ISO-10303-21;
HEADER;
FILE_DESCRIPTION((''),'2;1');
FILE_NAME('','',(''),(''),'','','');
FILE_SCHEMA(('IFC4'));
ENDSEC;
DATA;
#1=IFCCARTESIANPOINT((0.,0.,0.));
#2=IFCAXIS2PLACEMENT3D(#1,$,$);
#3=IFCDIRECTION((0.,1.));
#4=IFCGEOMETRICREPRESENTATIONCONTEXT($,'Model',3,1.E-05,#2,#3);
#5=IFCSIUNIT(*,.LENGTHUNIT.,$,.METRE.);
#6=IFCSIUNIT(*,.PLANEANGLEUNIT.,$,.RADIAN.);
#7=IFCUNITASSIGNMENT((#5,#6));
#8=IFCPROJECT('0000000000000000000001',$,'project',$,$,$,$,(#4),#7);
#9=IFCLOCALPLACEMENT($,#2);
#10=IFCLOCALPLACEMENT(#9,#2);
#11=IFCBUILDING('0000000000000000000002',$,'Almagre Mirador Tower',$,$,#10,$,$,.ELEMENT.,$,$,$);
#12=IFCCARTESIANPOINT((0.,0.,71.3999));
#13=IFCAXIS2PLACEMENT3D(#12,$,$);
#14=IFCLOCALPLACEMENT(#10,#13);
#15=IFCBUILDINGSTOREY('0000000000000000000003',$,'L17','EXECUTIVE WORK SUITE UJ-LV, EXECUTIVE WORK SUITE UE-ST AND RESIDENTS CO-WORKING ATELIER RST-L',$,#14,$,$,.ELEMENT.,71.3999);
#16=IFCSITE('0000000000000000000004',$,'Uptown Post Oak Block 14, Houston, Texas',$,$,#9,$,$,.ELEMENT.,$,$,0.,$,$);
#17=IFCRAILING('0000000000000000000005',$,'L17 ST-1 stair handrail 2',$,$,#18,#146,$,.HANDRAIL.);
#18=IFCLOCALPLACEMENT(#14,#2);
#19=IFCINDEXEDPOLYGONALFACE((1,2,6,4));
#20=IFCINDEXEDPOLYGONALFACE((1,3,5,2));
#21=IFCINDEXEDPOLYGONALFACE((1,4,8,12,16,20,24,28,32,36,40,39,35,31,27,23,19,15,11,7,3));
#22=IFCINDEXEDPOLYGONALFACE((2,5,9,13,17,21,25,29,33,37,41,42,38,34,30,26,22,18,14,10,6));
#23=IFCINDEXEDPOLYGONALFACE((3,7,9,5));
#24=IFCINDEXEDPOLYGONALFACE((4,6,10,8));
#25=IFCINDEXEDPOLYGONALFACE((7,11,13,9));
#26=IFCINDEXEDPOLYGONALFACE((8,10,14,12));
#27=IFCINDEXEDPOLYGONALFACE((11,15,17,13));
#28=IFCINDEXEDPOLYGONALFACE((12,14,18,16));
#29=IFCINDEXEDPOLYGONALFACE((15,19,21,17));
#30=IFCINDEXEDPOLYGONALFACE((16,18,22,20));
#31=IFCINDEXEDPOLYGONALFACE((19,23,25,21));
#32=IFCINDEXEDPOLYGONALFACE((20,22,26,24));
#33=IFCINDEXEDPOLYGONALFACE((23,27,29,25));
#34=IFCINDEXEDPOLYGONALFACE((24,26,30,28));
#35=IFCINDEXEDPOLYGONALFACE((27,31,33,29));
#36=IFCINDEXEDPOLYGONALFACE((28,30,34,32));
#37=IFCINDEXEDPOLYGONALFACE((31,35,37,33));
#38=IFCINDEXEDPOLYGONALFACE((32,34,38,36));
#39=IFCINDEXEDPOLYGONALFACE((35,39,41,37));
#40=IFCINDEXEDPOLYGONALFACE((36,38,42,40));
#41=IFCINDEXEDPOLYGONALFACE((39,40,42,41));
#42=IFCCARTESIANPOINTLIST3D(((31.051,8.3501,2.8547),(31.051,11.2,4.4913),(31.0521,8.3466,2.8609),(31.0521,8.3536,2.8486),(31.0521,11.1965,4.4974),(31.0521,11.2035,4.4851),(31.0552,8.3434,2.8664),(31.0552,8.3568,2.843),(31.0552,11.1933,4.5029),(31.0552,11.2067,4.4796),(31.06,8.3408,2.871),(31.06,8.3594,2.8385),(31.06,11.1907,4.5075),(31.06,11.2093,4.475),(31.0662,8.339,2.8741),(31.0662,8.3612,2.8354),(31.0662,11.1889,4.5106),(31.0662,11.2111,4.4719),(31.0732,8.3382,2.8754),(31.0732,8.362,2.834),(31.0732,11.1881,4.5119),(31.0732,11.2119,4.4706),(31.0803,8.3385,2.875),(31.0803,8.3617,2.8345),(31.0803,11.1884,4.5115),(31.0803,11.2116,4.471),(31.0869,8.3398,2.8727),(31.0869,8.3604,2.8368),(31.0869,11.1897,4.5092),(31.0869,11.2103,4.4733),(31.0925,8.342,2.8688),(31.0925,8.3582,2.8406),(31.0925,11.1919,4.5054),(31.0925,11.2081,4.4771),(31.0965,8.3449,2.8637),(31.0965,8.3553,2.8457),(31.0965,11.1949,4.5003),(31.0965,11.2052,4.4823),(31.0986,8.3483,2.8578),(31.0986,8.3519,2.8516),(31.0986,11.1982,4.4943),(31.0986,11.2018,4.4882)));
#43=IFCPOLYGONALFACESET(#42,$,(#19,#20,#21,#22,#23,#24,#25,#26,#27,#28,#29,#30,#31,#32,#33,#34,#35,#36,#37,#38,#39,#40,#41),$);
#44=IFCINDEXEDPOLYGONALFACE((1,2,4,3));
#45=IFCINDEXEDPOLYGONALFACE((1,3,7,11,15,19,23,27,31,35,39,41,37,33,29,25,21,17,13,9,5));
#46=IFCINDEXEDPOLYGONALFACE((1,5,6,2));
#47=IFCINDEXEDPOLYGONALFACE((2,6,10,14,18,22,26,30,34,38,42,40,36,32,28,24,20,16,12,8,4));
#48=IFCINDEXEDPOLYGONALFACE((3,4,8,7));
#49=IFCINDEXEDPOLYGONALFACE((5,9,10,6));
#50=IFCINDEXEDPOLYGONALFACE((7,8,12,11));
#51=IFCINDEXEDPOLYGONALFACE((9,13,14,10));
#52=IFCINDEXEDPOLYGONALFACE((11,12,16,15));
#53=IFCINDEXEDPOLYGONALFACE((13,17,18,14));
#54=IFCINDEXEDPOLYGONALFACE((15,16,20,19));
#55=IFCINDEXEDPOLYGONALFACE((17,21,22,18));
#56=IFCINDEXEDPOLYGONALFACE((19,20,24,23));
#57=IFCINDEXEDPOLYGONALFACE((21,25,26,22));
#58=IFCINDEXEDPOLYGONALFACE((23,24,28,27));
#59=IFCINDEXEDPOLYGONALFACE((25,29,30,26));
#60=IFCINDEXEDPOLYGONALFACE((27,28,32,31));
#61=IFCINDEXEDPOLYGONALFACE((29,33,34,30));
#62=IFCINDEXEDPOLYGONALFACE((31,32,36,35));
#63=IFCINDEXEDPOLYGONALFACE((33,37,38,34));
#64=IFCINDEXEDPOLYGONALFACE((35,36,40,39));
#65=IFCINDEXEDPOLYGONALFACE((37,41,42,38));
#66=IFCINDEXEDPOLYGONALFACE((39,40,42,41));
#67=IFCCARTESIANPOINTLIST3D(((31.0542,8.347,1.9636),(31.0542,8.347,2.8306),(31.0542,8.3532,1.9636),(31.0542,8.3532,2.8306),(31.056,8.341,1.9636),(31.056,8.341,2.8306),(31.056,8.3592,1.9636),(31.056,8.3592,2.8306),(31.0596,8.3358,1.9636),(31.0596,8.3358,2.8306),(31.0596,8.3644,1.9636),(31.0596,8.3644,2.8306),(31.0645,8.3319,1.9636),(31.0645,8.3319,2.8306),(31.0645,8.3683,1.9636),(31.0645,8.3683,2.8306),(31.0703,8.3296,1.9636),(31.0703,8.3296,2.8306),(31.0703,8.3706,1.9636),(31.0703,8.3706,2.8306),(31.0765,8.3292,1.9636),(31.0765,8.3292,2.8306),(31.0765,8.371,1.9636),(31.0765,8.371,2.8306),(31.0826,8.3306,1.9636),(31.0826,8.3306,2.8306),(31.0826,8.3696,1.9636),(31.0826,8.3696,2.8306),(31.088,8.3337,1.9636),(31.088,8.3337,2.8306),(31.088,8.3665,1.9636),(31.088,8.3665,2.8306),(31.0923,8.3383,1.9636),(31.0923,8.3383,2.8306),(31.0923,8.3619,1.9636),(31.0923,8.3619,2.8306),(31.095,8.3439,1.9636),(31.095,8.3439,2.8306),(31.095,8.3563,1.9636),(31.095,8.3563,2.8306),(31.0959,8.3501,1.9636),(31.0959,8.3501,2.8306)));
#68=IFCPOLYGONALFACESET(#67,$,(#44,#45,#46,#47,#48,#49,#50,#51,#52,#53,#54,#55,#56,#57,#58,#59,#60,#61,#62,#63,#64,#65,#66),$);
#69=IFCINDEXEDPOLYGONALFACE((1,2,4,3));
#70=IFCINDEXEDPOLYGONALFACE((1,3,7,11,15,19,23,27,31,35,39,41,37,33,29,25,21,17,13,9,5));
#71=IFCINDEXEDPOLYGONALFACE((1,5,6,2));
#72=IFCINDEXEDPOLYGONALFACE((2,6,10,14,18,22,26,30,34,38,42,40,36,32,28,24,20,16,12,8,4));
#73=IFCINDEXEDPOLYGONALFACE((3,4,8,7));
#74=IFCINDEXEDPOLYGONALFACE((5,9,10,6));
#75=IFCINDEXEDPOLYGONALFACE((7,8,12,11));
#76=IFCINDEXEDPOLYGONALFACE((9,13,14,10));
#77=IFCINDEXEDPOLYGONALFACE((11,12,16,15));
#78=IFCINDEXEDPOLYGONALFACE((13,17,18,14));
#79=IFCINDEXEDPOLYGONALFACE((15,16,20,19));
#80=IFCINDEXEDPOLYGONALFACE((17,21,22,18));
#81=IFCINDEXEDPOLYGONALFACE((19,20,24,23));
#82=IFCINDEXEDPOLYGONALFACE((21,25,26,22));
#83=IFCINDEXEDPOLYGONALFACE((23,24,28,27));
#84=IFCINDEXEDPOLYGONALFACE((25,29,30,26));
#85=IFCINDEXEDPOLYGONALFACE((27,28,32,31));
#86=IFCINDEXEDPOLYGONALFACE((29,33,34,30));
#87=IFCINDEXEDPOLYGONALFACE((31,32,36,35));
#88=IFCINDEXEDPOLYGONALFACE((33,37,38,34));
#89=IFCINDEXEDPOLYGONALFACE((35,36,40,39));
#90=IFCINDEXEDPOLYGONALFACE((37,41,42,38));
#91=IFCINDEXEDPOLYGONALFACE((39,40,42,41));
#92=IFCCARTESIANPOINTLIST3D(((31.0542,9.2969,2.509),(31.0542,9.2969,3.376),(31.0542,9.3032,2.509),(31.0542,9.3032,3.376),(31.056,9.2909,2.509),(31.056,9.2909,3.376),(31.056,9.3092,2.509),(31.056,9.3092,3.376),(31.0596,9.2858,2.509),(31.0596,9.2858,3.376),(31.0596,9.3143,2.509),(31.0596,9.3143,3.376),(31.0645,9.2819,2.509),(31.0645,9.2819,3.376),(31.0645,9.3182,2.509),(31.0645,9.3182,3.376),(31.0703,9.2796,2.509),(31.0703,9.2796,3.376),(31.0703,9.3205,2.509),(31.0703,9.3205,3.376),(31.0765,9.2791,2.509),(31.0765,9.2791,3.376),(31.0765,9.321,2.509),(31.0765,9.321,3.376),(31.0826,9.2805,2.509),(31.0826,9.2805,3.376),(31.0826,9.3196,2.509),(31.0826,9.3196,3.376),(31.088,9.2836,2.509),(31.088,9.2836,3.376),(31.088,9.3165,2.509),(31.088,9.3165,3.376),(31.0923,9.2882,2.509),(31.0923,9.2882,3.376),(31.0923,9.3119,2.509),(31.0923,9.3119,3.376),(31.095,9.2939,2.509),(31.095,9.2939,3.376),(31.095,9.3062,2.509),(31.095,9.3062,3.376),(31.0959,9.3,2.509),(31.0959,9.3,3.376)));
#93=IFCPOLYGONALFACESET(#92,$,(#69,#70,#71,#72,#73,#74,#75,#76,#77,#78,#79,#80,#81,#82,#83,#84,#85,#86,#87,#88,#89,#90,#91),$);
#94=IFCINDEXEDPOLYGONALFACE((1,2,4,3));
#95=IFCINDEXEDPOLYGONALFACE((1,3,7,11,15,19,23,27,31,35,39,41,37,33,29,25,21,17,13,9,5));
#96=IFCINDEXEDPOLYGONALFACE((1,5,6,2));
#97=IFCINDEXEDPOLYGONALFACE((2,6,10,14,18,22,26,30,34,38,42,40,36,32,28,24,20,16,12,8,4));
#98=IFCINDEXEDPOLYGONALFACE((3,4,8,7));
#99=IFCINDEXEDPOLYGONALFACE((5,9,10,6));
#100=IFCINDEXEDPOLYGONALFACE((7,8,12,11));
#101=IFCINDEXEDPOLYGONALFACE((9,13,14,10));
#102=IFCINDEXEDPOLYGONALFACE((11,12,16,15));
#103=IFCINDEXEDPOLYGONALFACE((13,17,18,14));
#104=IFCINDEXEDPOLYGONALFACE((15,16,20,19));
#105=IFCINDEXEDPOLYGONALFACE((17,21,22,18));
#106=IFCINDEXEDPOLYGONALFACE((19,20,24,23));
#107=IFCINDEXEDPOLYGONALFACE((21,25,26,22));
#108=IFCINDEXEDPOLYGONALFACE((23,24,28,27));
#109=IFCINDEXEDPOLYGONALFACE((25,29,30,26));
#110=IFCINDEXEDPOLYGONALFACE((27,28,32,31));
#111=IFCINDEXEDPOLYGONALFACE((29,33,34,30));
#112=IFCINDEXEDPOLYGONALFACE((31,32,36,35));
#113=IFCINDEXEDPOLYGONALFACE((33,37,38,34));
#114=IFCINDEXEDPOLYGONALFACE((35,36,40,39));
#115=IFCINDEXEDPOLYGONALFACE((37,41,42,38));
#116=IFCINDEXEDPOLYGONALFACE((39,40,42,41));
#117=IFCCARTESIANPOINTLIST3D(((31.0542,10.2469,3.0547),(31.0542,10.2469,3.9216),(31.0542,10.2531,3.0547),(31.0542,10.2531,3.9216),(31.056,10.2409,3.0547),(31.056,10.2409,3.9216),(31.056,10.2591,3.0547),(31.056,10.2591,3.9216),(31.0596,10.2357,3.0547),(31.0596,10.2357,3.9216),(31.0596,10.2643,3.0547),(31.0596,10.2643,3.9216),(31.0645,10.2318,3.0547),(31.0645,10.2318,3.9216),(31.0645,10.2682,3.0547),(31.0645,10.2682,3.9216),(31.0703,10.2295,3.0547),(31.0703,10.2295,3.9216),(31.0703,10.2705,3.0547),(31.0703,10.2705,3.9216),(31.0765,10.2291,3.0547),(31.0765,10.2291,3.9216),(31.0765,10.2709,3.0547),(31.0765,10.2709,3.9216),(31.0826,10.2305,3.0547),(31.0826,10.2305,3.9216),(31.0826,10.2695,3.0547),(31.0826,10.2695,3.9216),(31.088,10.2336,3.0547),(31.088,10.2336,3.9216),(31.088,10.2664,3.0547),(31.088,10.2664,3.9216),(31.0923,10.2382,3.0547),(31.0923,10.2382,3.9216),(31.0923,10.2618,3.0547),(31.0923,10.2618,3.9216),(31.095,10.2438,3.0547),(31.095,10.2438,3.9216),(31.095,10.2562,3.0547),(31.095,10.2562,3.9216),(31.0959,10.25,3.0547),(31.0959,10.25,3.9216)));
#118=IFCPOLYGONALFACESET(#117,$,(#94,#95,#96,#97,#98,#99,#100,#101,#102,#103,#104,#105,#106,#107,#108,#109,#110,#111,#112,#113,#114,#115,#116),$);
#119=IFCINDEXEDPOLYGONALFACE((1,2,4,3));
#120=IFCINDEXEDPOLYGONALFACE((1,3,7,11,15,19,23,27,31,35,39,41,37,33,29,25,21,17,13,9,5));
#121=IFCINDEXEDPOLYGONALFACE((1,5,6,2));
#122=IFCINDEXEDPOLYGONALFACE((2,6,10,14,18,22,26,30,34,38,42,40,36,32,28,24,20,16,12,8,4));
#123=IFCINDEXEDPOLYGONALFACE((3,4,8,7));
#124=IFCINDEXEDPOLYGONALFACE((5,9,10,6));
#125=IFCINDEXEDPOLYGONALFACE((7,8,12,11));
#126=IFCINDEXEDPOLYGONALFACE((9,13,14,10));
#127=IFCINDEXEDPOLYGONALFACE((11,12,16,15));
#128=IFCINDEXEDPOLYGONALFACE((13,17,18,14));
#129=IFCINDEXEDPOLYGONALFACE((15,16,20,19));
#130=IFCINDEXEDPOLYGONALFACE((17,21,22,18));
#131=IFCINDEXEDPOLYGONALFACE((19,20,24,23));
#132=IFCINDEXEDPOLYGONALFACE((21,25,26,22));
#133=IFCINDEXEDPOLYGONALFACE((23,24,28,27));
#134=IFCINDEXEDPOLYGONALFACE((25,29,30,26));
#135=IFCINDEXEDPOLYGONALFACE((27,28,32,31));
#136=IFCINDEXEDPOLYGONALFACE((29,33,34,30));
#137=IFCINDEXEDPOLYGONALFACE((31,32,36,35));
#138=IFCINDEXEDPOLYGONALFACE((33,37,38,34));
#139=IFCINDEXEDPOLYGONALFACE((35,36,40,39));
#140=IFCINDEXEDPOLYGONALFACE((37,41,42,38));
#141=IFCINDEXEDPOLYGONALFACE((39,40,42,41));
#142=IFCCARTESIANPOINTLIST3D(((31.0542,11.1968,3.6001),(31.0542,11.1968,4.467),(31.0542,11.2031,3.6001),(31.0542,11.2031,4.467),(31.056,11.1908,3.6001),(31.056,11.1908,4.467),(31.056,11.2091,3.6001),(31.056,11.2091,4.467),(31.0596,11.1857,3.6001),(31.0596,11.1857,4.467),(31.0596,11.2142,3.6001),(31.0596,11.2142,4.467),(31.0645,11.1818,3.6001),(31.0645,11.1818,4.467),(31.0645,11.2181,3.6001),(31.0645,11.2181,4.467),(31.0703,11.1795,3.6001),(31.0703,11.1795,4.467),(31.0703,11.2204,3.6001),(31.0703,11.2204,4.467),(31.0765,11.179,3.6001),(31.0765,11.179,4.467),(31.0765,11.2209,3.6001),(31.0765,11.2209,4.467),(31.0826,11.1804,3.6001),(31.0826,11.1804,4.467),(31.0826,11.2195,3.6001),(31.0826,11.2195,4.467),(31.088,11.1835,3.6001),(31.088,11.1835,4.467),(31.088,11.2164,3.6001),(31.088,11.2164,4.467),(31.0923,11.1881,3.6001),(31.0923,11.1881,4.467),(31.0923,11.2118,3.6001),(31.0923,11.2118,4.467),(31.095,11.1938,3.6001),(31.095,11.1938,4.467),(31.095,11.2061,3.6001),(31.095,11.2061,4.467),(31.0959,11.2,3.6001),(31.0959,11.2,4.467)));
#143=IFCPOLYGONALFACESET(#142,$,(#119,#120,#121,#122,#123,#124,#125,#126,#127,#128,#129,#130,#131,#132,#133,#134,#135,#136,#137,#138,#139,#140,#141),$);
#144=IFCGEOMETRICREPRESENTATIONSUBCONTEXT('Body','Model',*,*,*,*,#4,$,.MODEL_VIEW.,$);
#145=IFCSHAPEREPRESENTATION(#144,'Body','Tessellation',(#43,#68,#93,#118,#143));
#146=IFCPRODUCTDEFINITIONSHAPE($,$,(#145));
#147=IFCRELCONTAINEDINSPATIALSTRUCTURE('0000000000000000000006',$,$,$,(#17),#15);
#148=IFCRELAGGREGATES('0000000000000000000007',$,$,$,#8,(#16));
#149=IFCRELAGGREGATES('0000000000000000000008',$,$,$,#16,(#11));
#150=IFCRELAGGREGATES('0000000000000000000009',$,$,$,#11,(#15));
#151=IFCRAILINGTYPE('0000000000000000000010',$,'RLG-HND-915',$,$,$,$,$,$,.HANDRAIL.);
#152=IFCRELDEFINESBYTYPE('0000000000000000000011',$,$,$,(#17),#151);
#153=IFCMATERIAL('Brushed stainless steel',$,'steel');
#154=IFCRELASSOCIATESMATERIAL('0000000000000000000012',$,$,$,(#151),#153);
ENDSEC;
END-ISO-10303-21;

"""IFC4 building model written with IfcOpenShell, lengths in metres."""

from ifc_helpers import new_model, si_unit, direction, frame, origin, origin_2d, place, context, subcontext, project, spatial, circle, extrude, material, type_object, element, save


model = new_model("IFC4")

# Units and contexts
model_context = context("Model", 3, precision=1e-05, world=origin(), true_north=direction((0.0, 1.0)))
body_context = subcontext(model_context, "Body", "Model", "MODEL_VIEW")
ifc_project = project(units=[si_unit("LENGTHUNIT", "METRE"), si_unit("PLANEANGLEUNIT", "RADIAN")], contexts=[model_context])

# Site, building, storey
site_placement = place(None, origin())
site = spatial("IfcSite", under=ifc_project, at=site_placement, Name="Uptown Post Oak Block 14, Houston, Texas", CompositionType="ELEMENT", RefElevation=0.0)
building_placement = place(site_placement, origin())
building = spatial("IfcBuilding", under=site, at=building_placement, Name="Almagre Mirador Tower", CompositionType="ELEMENT")
storey_placement = place(building_placement, frame((0.0, 0.0, 71.3999)))
storey = spatial("IfcBuildingStorey", under=building, at=storey_placement, Name="L17", Description="EXECUTIVE WORK SUITE UJ-LV, EXECUTIVE WORK SUITE UE-ST AND RESIDENTS CO-WORKING ATELIER RST-L", CompositionType="ELEMENT", Elevation=71.3999)

# Railing
ifc_material_1 = material(Name="Brushed stainless steel", Category="steel")
railing_type_1 = type_object("IfcRailingType", Name="RLG-HND-915", PredefinedType="HANDRAIL", material=ifc_material_1)
railing_1_placement = place(storey_placement, frame((31.075, 8.3501, 1.9636)))
element("IfcRailing", 1, at=railing_1_placement, inside=storey, type_object=railing_type_1, Name="L17 ST-1 stair handrail 2", PredefinedType="HANDRAIL", context=body_context, shape_type="SweptSolid", body=[
    extrude(circle(Radius=0.0239, at=origin_2d()), frame((0.0, 0.0, 0.8911), z_axis=(0.0, 0.867194, 0.49797), x_axis=(-1.0, 0.0, 0.0)), (0.0, 0.0, 1.0), 3.2864),
    extrude(circle(Radius=0.021, at=origin_2d()), origin(), (0.0, 0.0, 1.0), 0.8669),
    extrude(circle(Radius=0.021, at=origin_2d()), frame((0.0, 0.95, 0.5454)), (0.0, 0.0, 1.0), 0.8669),
    extrude(circle(Radius=0.021, at=origin_2d()), frame((0.0, 1.8999, 1.0911)), (0.0, 0.0, 1.0), 0.8669),
    extrude(circle(Radius=0.021, at=origin_2d()), frame((0.0, 2.8499, 1.6365)), (0.0, 0.0, 1.0), 0.8669),
])

save(model, "model.ifc")
